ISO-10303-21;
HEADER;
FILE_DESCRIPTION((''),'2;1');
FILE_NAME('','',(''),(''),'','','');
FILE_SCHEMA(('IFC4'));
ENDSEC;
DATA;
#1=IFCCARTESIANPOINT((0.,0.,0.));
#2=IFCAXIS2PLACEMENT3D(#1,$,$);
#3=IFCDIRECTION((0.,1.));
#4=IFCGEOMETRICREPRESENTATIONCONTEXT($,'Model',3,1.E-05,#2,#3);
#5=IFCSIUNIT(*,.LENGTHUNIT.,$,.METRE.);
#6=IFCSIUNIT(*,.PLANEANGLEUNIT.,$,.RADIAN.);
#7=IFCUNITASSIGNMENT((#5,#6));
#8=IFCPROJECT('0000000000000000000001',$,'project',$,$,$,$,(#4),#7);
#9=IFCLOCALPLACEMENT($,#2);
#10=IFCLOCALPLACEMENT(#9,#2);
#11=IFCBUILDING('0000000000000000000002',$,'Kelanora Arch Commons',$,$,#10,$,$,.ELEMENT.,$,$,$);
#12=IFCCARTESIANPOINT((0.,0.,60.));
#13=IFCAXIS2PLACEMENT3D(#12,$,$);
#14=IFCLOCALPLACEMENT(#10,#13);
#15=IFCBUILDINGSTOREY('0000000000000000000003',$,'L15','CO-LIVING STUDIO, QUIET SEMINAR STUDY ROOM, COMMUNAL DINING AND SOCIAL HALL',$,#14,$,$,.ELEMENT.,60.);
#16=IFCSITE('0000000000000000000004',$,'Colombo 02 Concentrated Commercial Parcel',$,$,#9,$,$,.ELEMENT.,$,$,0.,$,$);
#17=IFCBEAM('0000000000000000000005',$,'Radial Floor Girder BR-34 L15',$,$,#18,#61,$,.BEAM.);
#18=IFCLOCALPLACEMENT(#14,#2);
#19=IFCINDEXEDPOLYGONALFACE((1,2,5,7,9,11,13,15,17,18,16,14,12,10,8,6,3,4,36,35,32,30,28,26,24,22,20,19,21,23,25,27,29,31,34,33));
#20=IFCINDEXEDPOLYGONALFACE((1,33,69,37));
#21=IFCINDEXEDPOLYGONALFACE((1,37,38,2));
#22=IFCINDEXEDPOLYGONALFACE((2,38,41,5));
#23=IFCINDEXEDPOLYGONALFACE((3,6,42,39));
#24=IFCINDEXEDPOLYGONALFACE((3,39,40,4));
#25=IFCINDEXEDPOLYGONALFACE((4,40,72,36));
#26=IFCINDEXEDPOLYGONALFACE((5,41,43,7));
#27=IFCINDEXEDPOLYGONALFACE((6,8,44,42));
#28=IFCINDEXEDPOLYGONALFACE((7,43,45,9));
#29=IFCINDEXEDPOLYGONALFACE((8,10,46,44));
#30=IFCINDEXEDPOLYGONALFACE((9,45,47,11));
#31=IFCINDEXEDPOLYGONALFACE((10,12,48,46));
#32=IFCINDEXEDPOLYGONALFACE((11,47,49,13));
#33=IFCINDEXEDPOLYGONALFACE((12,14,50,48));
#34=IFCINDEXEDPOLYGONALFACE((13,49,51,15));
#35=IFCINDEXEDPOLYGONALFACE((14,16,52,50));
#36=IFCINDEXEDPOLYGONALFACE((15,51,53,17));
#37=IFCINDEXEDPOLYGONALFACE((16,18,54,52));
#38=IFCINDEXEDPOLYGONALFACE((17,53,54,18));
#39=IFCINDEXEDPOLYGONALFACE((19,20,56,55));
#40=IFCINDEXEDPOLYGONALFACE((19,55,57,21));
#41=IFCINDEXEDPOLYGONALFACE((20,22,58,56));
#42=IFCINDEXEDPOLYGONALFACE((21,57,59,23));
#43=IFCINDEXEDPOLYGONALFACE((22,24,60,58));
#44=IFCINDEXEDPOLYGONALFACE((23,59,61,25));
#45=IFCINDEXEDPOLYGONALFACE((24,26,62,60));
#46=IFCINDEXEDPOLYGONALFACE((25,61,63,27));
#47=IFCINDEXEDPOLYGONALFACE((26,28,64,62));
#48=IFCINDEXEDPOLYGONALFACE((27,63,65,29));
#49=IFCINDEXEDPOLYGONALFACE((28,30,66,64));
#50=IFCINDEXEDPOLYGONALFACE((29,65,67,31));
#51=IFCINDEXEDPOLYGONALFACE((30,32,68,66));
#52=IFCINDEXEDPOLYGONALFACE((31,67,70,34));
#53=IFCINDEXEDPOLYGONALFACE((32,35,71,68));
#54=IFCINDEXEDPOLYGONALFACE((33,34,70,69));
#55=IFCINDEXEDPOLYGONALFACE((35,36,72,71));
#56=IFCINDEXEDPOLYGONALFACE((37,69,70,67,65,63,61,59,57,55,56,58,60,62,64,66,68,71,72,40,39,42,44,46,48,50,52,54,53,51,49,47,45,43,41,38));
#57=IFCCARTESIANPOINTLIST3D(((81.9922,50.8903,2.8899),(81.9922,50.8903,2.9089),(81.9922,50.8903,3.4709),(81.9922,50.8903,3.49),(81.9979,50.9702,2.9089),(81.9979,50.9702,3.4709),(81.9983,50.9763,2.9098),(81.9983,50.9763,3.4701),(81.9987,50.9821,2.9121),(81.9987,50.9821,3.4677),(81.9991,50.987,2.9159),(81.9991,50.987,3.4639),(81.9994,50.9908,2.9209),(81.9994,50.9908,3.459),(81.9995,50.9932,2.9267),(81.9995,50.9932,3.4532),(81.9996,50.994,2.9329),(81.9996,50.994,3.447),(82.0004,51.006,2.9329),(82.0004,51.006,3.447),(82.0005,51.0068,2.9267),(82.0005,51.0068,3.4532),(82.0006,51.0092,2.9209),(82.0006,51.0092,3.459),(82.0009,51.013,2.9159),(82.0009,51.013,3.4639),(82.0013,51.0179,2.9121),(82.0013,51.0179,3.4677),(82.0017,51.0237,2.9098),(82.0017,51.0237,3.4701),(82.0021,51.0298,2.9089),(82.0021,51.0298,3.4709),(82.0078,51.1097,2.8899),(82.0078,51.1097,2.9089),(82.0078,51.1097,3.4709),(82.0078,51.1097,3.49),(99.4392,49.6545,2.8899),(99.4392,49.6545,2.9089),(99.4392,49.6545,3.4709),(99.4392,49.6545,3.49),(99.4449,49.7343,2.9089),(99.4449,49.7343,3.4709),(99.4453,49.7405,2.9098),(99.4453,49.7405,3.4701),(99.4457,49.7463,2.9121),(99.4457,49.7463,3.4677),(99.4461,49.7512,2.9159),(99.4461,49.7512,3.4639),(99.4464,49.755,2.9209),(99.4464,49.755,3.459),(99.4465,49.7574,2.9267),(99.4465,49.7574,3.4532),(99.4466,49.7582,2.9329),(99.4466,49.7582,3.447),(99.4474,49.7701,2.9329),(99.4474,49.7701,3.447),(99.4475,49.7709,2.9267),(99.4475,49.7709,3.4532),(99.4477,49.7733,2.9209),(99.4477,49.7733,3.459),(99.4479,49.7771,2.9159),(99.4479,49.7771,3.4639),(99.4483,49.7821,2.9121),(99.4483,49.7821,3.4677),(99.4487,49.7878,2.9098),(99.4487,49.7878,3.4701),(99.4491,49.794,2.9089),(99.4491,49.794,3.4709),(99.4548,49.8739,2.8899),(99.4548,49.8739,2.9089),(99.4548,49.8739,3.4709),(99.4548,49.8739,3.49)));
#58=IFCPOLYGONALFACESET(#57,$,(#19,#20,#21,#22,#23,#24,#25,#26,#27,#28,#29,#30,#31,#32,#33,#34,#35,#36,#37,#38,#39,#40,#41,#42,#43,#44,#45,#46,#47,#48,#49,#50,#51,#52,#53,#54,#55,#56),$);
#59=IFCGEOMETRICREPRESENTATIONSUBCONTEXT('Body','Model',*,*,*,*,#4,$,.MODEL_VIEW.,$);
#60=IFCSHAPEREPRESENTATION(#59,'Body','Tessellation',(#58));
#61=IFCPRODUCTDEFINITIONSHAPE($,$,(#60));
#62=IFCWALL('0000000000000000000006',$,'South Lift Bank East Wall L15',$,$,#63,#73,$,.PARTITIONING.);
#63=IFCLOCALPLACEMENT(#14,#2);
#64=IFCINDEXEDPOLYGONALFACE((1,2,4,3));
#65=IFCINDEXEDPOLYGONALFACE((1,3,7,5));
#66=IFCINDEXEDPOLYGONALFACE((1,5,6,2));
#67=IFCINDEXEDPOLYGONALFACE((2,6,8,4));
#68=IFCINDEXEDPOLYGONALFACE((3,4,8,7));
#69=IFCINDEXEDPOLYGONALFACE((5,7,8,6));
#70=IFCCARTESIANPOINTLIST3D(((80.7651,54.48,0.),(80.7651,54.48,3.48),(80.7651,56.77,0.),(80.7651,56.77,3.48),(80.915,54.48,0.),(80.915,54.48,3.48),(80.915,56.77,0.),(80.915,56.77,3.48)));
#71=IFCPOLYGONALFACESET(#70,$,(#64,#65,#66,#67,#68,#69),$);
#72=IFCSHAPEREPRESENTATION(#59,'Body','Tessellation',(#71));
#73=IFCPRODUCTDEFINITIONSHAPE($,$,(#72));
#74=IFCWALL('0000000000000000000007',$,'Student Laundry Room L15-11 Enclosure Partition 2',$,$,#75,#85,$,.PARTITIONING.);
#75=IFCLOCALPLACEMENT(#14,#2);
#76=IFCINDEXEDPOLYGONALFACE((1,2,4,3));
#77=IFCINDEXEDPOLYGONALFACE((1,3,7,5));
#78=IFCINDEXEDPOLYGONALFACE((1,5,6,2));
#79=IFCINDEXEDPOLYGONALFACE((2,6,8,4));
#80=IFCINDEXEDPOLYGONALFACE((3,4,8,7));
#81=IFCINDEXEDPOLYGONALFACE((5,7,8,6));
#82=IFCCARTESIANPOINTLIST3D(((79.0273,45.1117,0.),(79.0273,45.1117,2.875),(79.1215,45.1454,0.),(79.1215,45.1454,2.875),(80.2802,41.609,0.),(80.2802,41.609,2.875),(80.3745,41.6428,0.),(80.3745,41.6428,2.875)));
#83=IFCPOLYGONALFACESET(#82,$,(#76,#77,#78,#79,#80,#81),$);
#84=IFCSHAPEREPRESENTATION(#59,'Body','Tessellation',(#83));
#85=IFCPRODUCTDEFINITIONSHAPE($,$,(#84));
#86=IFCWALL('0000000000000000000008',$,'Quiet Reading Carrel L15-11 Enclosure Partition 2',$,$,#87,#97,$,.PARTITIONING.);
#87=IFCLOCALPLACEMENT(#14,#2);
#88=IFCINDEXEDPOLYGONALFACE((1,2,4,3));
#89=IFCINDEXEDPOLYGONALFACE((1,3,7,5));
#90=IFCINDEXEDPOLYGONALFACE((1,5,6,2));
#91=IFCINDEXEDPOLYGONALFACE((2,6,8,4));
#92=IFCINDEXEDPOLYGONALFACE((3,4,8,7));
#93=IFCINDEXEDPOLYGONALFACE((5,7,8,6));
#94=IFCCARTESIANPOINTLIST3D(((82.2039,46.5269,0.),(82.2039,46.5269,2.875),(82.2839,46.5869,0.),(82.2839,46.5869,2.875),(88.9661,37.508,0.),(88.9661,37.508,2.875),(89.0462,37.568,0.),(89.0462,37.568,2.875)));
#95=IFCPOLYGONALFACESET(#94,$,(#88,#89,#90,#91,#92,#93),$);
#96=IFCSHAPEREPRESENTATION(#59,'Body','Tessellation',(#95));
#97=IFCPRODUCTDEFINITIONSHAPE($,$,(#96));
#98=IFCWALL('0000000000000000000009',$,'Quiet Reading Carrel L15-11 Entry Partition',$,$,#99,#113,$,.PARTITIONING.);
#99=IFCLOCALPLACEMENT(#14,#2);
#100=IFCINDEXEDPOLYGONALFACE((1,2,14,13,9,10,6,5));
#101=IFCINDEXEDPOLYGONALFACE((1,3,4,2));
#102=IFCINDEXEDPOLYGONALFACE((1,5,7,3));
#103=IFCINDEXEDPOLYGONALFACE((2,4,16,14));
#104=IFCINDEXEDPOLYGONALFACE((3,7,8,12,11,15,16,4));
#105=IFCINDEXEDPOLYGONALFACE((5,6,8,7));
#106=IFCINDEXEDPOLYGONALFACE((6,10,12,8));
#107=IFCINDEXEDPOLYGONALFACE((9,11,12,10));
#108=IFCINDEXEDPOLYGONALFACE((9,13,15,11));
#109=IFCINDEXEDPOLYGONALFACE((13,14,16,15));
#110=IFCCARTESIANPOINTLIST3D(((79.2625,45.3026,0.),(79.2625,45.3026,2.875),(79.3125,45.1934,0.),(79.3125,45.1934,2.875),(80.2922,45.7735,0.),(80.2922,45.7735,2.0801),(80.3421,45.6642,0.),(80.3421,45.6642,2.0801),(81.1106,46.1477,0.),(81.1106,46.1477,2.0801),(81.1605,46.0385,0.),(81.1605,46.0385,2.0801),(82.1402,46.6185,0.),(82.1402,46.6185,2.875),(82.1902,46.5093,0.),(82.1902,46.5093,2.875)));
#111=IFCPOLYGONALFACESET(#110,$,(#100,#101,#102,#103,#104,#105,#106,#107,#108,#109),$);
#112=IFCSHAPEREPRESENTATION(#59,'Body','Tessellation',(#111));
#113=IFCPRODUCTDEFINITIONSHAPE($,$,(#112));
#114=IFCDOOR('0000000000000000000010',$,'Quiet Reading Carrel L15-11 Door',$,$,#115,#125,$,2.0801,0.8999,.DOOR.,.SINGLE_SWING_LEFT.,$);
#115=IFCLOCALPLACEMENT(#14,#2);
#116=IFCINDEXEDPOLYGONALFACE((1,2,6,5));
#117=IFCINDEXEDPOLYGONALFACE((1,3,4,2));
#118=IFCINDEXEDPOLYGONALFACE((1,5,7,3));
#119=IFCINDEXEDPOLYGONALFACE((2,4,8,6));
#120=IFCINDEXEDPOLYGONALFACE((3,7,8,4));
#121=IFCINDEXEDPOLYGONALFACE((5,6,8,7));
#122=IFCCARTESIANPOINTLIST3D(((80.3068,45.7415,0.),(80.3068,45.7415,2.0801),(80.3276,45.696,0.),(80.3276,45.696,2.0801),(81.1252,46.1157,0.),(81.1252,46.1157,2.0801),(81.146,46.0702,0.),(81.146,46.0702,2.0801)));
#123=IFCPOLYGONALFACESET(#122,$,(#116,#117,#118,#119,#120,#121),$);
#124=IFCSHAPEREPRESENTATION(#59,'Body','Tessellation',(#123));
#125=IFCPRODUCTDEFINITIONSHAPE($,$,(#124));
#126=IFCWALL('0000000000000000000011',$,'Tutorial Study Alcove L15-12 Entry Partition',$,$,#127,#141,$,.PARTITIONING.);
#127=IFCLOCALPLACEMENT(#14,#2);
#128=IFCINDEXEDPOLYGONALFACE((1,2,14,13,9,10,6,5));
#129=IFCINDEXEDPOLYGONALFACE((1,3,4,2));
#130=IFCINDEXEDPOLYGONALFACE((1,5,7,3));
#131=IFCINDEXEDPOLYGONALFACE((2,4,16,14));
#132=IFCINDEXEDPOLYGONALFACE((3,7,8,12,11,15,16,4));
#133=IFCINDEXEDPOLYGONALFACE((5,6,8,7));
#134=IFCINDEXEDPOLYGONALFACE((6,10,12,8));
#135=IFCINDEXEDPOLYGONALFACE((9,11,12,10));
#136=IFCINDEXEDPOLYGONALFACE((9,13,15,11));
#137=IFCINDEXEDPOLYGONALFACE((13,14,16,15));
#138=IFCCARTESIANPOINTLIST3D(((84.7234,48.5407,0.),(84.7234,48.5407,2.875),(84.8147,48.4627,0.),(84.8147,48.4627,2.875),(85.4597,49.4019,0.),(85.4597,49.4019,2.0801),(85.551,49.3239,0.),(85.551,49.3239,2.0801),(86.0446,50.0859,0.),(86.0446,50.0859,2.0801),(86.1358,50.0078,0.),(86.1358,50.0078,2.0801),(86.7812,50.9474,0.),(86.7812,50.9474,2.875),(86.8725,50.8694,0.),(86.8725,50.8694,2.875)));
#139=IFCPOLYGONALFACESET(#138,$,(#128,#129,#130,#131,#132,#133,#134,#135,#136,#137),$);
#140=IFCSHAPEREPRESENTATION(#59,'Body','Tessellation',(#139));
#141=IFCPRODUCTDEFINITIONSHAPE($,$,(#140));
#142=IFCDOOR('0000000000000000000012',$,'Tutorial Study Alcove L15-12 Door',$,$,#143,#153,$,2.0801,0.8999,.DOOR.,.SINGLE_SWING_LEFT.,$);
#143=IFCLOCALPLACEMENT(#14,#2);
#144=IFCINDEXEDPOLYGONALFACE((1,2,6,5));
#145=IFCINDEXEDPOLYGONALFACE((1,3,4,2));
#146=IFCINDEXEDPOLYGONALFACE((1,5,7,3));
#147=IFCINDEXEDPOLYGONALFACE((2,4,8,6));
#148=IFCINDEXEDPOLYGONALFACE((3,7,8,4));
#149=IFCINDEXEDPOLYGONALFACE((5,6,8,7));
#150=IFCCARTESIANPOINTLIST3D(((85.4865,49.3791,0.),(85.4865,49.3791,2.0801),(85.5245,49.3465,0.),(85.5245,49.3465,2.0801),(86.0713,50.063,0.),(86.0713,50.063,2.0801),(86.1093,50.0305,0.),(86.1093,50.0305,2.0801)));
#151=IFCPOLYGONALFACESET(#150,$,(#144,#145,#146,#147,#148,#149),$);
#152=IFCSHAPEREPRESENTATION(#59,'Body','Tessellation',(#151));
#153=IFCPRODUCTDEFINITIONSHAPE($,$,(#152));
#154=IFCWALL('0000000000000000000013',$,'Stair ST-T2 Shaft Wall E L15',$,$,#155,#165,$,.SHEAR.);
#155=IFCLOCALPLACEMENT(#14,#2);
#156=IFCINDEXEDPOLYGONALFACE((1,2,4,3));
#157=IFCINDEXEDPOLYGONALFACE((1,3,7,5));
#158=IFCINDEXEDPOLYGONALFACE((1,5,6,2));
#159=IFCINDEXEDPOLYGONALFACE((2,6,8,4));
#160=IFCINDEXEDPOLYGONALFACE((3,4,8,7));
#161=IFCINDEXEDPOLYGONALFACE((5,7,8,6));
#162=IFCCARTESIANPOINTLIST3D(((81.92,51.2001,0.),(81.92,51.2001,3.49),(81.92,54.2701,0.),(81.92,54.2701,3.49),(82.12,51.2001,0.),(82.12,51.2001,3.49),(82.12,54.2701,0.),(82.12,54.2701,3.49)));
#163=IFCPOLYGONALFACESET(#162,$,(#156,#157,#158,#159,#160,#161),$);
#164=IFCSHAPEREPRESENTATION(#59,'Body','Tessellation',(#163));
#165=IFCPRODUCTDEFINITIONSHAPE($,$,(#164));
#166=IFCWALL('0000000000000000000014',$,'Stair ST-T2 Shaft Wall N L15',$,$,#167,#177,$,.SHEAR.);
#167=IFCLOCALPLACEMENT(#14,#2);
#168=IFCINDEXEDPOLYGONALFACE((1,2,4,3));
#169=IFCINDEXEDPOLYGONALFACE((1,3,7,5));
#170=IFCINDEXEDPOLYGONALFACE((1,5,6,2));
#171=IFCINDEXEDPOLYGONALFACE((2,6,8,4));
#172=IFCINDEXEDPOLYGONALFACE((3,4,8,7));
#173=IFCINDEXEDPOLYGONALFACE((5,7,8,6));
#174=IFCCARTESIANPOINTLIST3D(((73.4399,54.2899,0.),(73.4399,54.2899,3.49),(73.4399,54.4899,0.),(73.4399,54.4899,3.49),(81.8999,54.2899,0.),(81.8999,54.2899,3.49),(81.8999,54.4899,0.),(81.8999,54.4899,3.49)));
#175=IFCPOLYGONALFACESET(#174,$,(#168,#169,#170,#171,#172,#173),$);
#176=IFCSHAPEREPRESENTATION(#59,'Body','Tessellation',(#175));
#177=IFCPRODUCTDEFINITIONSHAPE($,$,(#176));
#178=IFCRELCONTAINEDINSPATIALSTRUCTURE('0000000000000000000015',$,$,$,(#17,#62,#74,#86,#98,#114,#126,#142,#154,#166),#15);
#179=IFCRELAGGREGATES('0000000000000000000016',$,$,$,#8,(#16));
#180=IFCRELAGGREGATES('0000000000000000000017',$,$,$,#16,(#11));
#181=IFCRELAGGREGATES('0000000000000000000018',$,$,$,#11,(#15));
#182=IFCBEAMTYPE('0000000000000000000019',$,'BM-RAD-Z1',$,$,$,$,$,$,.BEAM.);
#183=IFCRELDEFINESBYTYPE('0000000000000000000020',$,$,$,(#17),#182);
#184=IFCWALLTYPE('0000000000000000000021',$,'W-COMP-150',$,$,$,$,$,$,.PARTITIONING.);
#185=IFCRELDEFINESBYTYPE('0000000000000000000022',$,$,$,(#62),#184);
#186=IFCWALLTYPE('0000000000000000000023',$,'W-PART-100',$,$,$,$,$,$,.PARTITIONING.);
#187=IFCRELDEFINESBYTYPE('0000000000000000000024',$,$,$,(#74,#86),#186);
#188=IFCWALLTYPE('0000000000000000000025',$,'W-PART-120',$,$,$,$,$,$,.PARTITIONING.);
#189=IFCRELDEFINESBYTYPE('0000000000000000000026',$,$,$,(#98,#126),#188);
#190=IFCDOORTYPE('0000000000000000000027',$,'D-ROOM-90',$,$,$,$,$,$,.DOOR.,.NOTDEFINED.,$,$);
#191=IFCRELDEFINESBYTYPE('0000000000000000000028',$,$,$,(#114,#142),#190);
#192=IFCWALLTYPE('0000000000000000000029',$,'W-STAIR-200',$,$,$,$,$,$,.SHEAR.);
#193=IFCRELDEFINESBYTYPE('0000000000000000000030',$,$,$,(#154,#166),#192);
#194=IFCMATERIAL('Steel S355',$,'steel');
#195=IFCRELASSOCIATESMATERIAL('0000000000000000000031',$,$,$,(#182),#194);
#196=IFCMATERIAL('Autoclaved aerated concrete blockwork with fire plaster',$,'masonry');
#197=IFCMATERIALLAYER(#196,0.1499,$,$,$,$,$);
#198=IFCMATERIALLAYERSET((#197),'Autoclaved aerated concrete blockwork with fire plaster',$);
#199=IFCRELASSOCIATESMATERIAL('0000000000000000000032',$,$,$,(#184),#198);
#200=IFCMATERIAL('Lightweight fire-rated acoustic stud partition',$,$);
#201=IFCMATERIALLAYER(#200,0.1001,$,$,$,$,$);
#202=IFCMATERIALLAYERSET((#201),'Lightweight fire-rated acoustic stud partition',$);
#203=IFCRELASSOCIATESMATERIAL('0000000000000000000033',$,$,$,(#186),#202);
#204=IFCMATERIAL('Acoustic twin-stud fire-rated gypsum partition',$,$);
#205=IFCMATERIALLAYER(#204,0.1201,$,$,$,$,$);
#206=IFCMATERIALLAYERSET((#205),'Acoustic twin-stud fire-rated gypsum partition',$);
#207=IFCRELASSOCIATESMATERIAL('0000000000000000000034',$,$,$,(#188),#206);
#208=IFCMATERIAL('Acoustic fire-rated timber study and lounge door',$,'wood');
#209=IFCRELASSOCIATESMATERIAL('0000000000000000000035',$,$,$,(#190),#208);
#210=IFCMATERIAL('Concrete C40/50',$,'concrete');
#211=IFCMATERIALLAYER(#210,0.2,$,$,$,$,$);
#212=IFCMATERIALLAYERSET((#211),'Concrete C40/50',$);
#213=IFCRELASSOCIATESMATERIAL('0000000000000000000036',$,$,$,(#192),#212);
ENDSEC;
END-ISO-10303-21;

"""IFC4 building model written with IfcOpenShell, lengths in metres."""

from ifc_helpers import new_model, si_unit, direction, frame, frame_2d, origin, origin_2d, place, context, subcontext, project, spatial, rectangle, i_section, extrude, material, layer, layer_set, material_profile, profile_set, type_object, element, fill, save


model = new_model("IFC4")

# Units and contexts
model_context = context("Model", 3, precision=1e-05, world=origin(), true_north=direction((0.0, 1.0)))
body_context = subcontext(model_context, "Body", "Model", "MODEL_VIEW")
ifc_project = project(units=[si_unit("LENGTHUNIT", "METRE"), si_unit("PLANEANGLEUNIT", "RADIAN")], contexts=[model_context])

# Site, building, storey
site_placement = place(None, origin())
site = spatial("IfcSite", under=ifc_project, at=site_placement, Name="Colombo 02 Concentrated Commercial Parcel", CompositionType="ELEMENT", RefElevation=0.0)
building_placement = place(site_placement, origin())
building = spatial("IfcBuilding", under=site, at=building_placement, Name="Kelanora Arch Commons", CompositionType="ELEMENT")
storey_placement = place(building_placement, frame((0.0, 0.0, 60.0)))
storey = spatial("IfcBuildingStorey", under=building, at=storey_placement, Name="L15", Description="CO-LIVING STUDIO, QUIET SEMINAR STUDY ROOM, COMMUNAL DINING AND SOCIAL HALL", CompositionType="ELEMENT", Elevation=60.0)

# Beam
ifc_material_1 = material(Name="Steel S355", Category="steel")
ifc_material_profile_1 = material_profile(ifc_material_1, i_section(OverallWidth=0.22, OverallDepth=0.6001, WebThickness=0.012, FlangeThickness=0.019, FilletRadius=0.0239, at=origin_2d()), Name="IPE600")
ifc_profile_set_1 = profile_set([ifc_material_profile_1], Name="Steel S355")
beam_type_1 = type_object("IfcBeamType", Name="BM-RAD-Z1", PredefinedType="BEAM", material=ifc_profile_set_1)
beam_1_placement = place(storey_placement, frame((82.0, 51.0, 3.1899), z_axis=(0.997501, -0.070657, 0.0), x_axis=(0.070657, 0.997501, 0.0)))
element("IfcBeam", 1, at=beam_1_placement, inside=storey, type_object=beam_type_1, Name="Radial Floor Girder BR-34 L15", PredefinedType="BEAM", context=body_context, shape_type="SweptSolid", body=[
    extrude(i_section(OverallWidth=0.22, OverallDepth=0.6001, WebThickness=0.012, FlangeThickness=0.019, FilletRadius=0.0239, at=origin_2d()), origin(), (0.0, 0.0, 1.0), 17.4907),
])

# Walls
ifc_material_2 = material(Name="Autoclaved aerated concrete blockwork with fire plaster", Category="masonry")
ifc_layer_1 = layer(ifc_material_2, 0.1499)
ifc_layer_set_1 = layer_set([ifc_layer_1], Name="Autoclaved aerated concrete blockwork with fire plaster")
wall_type_1 = type_object("IfcWallType", Name="W-COMP-150", PredefinedType="PARTITIONING", material=ifc_layer_set_1)
wall_1_placement = place(storey_placement, frame((80.8401, 54.48, 0.0), z_axis=(0.0, 0.0, 1.0), x_axis=(0.0, 1.0, 0.0)))
element("IfcWall", 2, at=wall_1_placement, inside=storey, type_object=wall_type_1, Name="South Lift Bank East Wall L15", PredefinedType="PARTITIONING", context=body_context, shape_type="SweptSolid", body=[
    extrude(rectangle(XDim=2.29, YDim=0.1499, at=frame_2d((1.145, 0.0))), origin(), (0.0, 0.0, 1.0), 3.48),
])
ifc_material_3 = material(Name="Lightweight fire-rated acoustic stud partition")
ifc_layer_2 = layer(ifc_material_3, 0.1001)
ifc_layer_set_2 = layer_set([ifc_layer_2], Name="Lightweight fire-rated acoustic stud partition")
wall_type_2 = type_object("IfcWallType", Name="W-PART-100", PredefinedType="PARTITIONING", material=ifc_layer_set_2)
wall_2_placement = place(storey_placement, frame((79.0745, 45.1284, 0.0), z_axis=(0.0, 0.0, 1.0), x_axis=(0.336806, -0.941574, 0.0)))
element("IfcWall", 3, at=wall_2_placement, inside=storey, type_object=wall_type_2, Name="Student Laundry Room L15-11 Enclosure Partition 2", PredefinedType="PARTITIONING", context=body_context, shape_type="SweptSolid", body=[
    extrude(rectangle(XDim=3.72, YDim=0.1001, at=frame_2d((1.8599, 0.0))), origin(), (0.0, 0.0, 1.0), 2.875),
])
wall_3_placement = place(storey_placement, frame((82.2439, 46.5569, 0.0), z_axis=(0.0, 0.0, 1.0), x_axis=(0.599893, -0.800081, 0.0)))
element("IfcWall", 4, at=wall_3_placement, inside=storey, type_object=wall_type_2, Name="Quiet Reading Carrel L15-11 Enclosure Partition 2", PredefinedType="PARTITIONING", context=body_context, shape_type="SweptSolid", body=[
    extrude(rectangle(XDim=11.2725, YDim=0.1001, at=frame_2d((5.6362, 0.0))), origin(), (0.0, 0.0, 1.0), 2.875),
])

# Walls, openings, doors
ifc_material_4 = material(Name="Acoustic twin-stud fire-rated gypsum partition")
ifc_layer_3 = layer(ifc_material_4, 0.1201)
ifc_layer_set_3 = layer_set([ifc_layer_3], Name="Acoustic twin-stud fire-rated gypsum partition")
wall_type_3 = type_object("IfcWallType", Name="W-PART-120", PredefinedType="PARTITIONING", material=ifc_layer_set_3)
wall_4_placement = place(storey_placement, frame((79.2876, 45.248, 0.0), z_axis=(0.0, 0.0, 1.0), x_axis=(0.909426, 0.415866, 0.0)))
wall_4 = element("IfcWall", 5, at=wall_4_placement, inside=storey, type_object=wall_type_3, Name="Quiet Reading Carrel L15-11 Entry Partition", PredefinedType="PARTITIONING", context=body_context, shape_type="SweptSolid", body=[
    extrude(rectangle(XDim=3.1643, YDim=0.1201, at=frame_2d((1.582, 0.0))), origin(), (0.0, 0.0, 1.0), 2.875),
])
opening_1_placement = place(wall_4_placement, frame((1.1321, 0.0, 0.0)))
opening_1 = element("IfcOpeningElement", 6, at=opening_1_placement, cuts=wall_4, PredefinedType="OPENING", context=body_context, shape_type="SweptSolid", body=[
    extrude(rectangle(XDim=0.8999, YDim=2.0801, at=frame_2d((0.45, 1.04))), frame((0.0, 0.0701, 0.0), z_axis=(0.0, -1.0, 0.0), x_axis=(1.0, 0.0, 0.0)), (0.0, 0.0, 1.0), 0.1401),
])
ifc_material_5 = material(Name="Acoustic fire-rated timber study and lounge door", Category="wood")
door_type_1 = type_object("IfcDoorType", Name="D-ROOM-90", OperationType="NOTDEFINED", PredefinedType="DOOR", material=ifc_material_5)
door_1_placement = place(opening_1_placement, origin())
door_1 = element("IfcDoor", 7, at=door_1_placement, inside=storey, type_object=door_type_1, Name="Quiet Reading Carrel L15-11 Door", OperationType="SINGLE_SWING_LEFT", OverallHeight=2.0801, OverallWidth=0.8999, PredefinedType="DOOR", context=body_context, shape_type="SweptSolid", body=[
    extrude(rectangle(XDim=0.8999, YDim=2.0801, at=frame_2d((0.45, 1.04))), frame((0.0, 0.0249, 0.0), z_axis=(0.0, -1.0, 0.0), x_axis=(1.0, 0.0, 0.0)), (0.0, 0.0, 1.0), 0.05),
])
fill(opening_1, door_1)
wall_5_placement = place(storey_placement, frame((84.769, 48.5017, 0.0), z_axis=(0.0, 0.0, 1.0), x_axis=(0.64987, 0.760045, 0.0)))
wall_5 = element("IfcWall", 8, at=wall_5_placement, inside=storey, type_object=wall_type_3, Name="Tutorial Study Alcove L15-12 Entry Partition", PredefinedType="PARTITIONING", context=body_context, shape_type="SweptSolid", body=[
    extrude(rectangle(XDim=3.1665, YDim=0.1201, at=frame_2d((1.5833, 0.0))), origin(), (0.0, 0.0, 1.0), 2.875),
])
opening_2_placement = place(wall_5_placement, frame((1.1331, 0.0, 0.0)))
opening_2 = element("IfcOpeningElement", 9, at=opening_2_placement, cuts=wall_5, PredefinedType="OPENING", context=body_context, shape_type="SweptSolid", body=[
    extrude(rectangle(XDim=0.8999, YDim=2.0801, at=frame_2d((0.45, 1.04))), frame((0.0, 0.0701, 0.0), z_axis=(0.0, -1.0, 0.0), x_axis=(1.0, 0.0, 0.0)), (0.0, 0.0, 1.0), 0.1401),
])
door_2_placement = place(opening_2_placement, origin())
door_2 = element("IfcDoor", 10, at=door_2_placement, inside=storey, type_object=door_type_1, Name="Tutorial Study Alcove L15-12 Door", OperationType="SINGLE_SWING_LEFT", OverallHeight=2.0801, OverallWidth=0.8999, PredefinedType="DOOR", context=body_context, shape_type="SweptSolid", body=[
    extrude(rectangle(XDim=0.8999, YDim=2.0801, at=frame_2d((0.45, 1.04))), frame((0.0, 0.0249, 0.0), z_axis=(0.0, -1.0, 0.0), x_axis=(1.0, 0.0, 0.0)), (0.0, 0.0, 1.0), 0.05),
])
fill(opening_2, door_2)

# Walls
ifc_material_6 = material(Name="Concrete C40/50", Category="concrete")
ifc_layer_4 = layer(ifc_material_6, 0.2)
ifc_layer_set_4 = layer_set([ifc_layer_4], Name="Concrete C40/50")
wall_type_4 = type_object("IfcWallType", Name="W-STAIR-200", PredefinedType="SHEAR", material=ifc_layer_set_4)
wall_6_placement = place(storey_placement, frame((82.02, 51.2, 0.0), z_axis=(0.0, 0.0, 1.0), x_axis=(0.0, 1.0, 0.0)))
element("IfcWall", 11, at=wall_6_placement, inside=storey, type_object=wall_type_4, Name="Stair ST-T2 Shaft Wall E L15", PredefinedType="SHEAR", context=body_context, shape_type="SweptSolid", body=[
    extrude(rectangle(XDim=3.0701, YDim=0.2, at=frame_2d((1.5352, 0.0))), origin(), (0.0, 0.0, 1.0), 3.49),
])
wall_7_placement = place(storey_placement, frame((81.8999, 54.3899, 0.0), z_axis=(0.0, 0.0, 1.0), x_axis=(-1.0, 0.0, 0.0)))
element("IfcWall", 12, at=wall_7_placement, inside=storey, type_object=wall_type_4, Name="Stair ST-T2 Shaft Wall N L15", PredefinedType="SHEAR", context=body_context, shape_type="SweptSolid", body=[
    extrude(rectangle(XDim=8.46, YDim=0.2, at=frame_2d((4.23, 0.0))), origin(), (0.0, 0.0, 1.0), 3.49),
])

save(model, "model.ifc")
